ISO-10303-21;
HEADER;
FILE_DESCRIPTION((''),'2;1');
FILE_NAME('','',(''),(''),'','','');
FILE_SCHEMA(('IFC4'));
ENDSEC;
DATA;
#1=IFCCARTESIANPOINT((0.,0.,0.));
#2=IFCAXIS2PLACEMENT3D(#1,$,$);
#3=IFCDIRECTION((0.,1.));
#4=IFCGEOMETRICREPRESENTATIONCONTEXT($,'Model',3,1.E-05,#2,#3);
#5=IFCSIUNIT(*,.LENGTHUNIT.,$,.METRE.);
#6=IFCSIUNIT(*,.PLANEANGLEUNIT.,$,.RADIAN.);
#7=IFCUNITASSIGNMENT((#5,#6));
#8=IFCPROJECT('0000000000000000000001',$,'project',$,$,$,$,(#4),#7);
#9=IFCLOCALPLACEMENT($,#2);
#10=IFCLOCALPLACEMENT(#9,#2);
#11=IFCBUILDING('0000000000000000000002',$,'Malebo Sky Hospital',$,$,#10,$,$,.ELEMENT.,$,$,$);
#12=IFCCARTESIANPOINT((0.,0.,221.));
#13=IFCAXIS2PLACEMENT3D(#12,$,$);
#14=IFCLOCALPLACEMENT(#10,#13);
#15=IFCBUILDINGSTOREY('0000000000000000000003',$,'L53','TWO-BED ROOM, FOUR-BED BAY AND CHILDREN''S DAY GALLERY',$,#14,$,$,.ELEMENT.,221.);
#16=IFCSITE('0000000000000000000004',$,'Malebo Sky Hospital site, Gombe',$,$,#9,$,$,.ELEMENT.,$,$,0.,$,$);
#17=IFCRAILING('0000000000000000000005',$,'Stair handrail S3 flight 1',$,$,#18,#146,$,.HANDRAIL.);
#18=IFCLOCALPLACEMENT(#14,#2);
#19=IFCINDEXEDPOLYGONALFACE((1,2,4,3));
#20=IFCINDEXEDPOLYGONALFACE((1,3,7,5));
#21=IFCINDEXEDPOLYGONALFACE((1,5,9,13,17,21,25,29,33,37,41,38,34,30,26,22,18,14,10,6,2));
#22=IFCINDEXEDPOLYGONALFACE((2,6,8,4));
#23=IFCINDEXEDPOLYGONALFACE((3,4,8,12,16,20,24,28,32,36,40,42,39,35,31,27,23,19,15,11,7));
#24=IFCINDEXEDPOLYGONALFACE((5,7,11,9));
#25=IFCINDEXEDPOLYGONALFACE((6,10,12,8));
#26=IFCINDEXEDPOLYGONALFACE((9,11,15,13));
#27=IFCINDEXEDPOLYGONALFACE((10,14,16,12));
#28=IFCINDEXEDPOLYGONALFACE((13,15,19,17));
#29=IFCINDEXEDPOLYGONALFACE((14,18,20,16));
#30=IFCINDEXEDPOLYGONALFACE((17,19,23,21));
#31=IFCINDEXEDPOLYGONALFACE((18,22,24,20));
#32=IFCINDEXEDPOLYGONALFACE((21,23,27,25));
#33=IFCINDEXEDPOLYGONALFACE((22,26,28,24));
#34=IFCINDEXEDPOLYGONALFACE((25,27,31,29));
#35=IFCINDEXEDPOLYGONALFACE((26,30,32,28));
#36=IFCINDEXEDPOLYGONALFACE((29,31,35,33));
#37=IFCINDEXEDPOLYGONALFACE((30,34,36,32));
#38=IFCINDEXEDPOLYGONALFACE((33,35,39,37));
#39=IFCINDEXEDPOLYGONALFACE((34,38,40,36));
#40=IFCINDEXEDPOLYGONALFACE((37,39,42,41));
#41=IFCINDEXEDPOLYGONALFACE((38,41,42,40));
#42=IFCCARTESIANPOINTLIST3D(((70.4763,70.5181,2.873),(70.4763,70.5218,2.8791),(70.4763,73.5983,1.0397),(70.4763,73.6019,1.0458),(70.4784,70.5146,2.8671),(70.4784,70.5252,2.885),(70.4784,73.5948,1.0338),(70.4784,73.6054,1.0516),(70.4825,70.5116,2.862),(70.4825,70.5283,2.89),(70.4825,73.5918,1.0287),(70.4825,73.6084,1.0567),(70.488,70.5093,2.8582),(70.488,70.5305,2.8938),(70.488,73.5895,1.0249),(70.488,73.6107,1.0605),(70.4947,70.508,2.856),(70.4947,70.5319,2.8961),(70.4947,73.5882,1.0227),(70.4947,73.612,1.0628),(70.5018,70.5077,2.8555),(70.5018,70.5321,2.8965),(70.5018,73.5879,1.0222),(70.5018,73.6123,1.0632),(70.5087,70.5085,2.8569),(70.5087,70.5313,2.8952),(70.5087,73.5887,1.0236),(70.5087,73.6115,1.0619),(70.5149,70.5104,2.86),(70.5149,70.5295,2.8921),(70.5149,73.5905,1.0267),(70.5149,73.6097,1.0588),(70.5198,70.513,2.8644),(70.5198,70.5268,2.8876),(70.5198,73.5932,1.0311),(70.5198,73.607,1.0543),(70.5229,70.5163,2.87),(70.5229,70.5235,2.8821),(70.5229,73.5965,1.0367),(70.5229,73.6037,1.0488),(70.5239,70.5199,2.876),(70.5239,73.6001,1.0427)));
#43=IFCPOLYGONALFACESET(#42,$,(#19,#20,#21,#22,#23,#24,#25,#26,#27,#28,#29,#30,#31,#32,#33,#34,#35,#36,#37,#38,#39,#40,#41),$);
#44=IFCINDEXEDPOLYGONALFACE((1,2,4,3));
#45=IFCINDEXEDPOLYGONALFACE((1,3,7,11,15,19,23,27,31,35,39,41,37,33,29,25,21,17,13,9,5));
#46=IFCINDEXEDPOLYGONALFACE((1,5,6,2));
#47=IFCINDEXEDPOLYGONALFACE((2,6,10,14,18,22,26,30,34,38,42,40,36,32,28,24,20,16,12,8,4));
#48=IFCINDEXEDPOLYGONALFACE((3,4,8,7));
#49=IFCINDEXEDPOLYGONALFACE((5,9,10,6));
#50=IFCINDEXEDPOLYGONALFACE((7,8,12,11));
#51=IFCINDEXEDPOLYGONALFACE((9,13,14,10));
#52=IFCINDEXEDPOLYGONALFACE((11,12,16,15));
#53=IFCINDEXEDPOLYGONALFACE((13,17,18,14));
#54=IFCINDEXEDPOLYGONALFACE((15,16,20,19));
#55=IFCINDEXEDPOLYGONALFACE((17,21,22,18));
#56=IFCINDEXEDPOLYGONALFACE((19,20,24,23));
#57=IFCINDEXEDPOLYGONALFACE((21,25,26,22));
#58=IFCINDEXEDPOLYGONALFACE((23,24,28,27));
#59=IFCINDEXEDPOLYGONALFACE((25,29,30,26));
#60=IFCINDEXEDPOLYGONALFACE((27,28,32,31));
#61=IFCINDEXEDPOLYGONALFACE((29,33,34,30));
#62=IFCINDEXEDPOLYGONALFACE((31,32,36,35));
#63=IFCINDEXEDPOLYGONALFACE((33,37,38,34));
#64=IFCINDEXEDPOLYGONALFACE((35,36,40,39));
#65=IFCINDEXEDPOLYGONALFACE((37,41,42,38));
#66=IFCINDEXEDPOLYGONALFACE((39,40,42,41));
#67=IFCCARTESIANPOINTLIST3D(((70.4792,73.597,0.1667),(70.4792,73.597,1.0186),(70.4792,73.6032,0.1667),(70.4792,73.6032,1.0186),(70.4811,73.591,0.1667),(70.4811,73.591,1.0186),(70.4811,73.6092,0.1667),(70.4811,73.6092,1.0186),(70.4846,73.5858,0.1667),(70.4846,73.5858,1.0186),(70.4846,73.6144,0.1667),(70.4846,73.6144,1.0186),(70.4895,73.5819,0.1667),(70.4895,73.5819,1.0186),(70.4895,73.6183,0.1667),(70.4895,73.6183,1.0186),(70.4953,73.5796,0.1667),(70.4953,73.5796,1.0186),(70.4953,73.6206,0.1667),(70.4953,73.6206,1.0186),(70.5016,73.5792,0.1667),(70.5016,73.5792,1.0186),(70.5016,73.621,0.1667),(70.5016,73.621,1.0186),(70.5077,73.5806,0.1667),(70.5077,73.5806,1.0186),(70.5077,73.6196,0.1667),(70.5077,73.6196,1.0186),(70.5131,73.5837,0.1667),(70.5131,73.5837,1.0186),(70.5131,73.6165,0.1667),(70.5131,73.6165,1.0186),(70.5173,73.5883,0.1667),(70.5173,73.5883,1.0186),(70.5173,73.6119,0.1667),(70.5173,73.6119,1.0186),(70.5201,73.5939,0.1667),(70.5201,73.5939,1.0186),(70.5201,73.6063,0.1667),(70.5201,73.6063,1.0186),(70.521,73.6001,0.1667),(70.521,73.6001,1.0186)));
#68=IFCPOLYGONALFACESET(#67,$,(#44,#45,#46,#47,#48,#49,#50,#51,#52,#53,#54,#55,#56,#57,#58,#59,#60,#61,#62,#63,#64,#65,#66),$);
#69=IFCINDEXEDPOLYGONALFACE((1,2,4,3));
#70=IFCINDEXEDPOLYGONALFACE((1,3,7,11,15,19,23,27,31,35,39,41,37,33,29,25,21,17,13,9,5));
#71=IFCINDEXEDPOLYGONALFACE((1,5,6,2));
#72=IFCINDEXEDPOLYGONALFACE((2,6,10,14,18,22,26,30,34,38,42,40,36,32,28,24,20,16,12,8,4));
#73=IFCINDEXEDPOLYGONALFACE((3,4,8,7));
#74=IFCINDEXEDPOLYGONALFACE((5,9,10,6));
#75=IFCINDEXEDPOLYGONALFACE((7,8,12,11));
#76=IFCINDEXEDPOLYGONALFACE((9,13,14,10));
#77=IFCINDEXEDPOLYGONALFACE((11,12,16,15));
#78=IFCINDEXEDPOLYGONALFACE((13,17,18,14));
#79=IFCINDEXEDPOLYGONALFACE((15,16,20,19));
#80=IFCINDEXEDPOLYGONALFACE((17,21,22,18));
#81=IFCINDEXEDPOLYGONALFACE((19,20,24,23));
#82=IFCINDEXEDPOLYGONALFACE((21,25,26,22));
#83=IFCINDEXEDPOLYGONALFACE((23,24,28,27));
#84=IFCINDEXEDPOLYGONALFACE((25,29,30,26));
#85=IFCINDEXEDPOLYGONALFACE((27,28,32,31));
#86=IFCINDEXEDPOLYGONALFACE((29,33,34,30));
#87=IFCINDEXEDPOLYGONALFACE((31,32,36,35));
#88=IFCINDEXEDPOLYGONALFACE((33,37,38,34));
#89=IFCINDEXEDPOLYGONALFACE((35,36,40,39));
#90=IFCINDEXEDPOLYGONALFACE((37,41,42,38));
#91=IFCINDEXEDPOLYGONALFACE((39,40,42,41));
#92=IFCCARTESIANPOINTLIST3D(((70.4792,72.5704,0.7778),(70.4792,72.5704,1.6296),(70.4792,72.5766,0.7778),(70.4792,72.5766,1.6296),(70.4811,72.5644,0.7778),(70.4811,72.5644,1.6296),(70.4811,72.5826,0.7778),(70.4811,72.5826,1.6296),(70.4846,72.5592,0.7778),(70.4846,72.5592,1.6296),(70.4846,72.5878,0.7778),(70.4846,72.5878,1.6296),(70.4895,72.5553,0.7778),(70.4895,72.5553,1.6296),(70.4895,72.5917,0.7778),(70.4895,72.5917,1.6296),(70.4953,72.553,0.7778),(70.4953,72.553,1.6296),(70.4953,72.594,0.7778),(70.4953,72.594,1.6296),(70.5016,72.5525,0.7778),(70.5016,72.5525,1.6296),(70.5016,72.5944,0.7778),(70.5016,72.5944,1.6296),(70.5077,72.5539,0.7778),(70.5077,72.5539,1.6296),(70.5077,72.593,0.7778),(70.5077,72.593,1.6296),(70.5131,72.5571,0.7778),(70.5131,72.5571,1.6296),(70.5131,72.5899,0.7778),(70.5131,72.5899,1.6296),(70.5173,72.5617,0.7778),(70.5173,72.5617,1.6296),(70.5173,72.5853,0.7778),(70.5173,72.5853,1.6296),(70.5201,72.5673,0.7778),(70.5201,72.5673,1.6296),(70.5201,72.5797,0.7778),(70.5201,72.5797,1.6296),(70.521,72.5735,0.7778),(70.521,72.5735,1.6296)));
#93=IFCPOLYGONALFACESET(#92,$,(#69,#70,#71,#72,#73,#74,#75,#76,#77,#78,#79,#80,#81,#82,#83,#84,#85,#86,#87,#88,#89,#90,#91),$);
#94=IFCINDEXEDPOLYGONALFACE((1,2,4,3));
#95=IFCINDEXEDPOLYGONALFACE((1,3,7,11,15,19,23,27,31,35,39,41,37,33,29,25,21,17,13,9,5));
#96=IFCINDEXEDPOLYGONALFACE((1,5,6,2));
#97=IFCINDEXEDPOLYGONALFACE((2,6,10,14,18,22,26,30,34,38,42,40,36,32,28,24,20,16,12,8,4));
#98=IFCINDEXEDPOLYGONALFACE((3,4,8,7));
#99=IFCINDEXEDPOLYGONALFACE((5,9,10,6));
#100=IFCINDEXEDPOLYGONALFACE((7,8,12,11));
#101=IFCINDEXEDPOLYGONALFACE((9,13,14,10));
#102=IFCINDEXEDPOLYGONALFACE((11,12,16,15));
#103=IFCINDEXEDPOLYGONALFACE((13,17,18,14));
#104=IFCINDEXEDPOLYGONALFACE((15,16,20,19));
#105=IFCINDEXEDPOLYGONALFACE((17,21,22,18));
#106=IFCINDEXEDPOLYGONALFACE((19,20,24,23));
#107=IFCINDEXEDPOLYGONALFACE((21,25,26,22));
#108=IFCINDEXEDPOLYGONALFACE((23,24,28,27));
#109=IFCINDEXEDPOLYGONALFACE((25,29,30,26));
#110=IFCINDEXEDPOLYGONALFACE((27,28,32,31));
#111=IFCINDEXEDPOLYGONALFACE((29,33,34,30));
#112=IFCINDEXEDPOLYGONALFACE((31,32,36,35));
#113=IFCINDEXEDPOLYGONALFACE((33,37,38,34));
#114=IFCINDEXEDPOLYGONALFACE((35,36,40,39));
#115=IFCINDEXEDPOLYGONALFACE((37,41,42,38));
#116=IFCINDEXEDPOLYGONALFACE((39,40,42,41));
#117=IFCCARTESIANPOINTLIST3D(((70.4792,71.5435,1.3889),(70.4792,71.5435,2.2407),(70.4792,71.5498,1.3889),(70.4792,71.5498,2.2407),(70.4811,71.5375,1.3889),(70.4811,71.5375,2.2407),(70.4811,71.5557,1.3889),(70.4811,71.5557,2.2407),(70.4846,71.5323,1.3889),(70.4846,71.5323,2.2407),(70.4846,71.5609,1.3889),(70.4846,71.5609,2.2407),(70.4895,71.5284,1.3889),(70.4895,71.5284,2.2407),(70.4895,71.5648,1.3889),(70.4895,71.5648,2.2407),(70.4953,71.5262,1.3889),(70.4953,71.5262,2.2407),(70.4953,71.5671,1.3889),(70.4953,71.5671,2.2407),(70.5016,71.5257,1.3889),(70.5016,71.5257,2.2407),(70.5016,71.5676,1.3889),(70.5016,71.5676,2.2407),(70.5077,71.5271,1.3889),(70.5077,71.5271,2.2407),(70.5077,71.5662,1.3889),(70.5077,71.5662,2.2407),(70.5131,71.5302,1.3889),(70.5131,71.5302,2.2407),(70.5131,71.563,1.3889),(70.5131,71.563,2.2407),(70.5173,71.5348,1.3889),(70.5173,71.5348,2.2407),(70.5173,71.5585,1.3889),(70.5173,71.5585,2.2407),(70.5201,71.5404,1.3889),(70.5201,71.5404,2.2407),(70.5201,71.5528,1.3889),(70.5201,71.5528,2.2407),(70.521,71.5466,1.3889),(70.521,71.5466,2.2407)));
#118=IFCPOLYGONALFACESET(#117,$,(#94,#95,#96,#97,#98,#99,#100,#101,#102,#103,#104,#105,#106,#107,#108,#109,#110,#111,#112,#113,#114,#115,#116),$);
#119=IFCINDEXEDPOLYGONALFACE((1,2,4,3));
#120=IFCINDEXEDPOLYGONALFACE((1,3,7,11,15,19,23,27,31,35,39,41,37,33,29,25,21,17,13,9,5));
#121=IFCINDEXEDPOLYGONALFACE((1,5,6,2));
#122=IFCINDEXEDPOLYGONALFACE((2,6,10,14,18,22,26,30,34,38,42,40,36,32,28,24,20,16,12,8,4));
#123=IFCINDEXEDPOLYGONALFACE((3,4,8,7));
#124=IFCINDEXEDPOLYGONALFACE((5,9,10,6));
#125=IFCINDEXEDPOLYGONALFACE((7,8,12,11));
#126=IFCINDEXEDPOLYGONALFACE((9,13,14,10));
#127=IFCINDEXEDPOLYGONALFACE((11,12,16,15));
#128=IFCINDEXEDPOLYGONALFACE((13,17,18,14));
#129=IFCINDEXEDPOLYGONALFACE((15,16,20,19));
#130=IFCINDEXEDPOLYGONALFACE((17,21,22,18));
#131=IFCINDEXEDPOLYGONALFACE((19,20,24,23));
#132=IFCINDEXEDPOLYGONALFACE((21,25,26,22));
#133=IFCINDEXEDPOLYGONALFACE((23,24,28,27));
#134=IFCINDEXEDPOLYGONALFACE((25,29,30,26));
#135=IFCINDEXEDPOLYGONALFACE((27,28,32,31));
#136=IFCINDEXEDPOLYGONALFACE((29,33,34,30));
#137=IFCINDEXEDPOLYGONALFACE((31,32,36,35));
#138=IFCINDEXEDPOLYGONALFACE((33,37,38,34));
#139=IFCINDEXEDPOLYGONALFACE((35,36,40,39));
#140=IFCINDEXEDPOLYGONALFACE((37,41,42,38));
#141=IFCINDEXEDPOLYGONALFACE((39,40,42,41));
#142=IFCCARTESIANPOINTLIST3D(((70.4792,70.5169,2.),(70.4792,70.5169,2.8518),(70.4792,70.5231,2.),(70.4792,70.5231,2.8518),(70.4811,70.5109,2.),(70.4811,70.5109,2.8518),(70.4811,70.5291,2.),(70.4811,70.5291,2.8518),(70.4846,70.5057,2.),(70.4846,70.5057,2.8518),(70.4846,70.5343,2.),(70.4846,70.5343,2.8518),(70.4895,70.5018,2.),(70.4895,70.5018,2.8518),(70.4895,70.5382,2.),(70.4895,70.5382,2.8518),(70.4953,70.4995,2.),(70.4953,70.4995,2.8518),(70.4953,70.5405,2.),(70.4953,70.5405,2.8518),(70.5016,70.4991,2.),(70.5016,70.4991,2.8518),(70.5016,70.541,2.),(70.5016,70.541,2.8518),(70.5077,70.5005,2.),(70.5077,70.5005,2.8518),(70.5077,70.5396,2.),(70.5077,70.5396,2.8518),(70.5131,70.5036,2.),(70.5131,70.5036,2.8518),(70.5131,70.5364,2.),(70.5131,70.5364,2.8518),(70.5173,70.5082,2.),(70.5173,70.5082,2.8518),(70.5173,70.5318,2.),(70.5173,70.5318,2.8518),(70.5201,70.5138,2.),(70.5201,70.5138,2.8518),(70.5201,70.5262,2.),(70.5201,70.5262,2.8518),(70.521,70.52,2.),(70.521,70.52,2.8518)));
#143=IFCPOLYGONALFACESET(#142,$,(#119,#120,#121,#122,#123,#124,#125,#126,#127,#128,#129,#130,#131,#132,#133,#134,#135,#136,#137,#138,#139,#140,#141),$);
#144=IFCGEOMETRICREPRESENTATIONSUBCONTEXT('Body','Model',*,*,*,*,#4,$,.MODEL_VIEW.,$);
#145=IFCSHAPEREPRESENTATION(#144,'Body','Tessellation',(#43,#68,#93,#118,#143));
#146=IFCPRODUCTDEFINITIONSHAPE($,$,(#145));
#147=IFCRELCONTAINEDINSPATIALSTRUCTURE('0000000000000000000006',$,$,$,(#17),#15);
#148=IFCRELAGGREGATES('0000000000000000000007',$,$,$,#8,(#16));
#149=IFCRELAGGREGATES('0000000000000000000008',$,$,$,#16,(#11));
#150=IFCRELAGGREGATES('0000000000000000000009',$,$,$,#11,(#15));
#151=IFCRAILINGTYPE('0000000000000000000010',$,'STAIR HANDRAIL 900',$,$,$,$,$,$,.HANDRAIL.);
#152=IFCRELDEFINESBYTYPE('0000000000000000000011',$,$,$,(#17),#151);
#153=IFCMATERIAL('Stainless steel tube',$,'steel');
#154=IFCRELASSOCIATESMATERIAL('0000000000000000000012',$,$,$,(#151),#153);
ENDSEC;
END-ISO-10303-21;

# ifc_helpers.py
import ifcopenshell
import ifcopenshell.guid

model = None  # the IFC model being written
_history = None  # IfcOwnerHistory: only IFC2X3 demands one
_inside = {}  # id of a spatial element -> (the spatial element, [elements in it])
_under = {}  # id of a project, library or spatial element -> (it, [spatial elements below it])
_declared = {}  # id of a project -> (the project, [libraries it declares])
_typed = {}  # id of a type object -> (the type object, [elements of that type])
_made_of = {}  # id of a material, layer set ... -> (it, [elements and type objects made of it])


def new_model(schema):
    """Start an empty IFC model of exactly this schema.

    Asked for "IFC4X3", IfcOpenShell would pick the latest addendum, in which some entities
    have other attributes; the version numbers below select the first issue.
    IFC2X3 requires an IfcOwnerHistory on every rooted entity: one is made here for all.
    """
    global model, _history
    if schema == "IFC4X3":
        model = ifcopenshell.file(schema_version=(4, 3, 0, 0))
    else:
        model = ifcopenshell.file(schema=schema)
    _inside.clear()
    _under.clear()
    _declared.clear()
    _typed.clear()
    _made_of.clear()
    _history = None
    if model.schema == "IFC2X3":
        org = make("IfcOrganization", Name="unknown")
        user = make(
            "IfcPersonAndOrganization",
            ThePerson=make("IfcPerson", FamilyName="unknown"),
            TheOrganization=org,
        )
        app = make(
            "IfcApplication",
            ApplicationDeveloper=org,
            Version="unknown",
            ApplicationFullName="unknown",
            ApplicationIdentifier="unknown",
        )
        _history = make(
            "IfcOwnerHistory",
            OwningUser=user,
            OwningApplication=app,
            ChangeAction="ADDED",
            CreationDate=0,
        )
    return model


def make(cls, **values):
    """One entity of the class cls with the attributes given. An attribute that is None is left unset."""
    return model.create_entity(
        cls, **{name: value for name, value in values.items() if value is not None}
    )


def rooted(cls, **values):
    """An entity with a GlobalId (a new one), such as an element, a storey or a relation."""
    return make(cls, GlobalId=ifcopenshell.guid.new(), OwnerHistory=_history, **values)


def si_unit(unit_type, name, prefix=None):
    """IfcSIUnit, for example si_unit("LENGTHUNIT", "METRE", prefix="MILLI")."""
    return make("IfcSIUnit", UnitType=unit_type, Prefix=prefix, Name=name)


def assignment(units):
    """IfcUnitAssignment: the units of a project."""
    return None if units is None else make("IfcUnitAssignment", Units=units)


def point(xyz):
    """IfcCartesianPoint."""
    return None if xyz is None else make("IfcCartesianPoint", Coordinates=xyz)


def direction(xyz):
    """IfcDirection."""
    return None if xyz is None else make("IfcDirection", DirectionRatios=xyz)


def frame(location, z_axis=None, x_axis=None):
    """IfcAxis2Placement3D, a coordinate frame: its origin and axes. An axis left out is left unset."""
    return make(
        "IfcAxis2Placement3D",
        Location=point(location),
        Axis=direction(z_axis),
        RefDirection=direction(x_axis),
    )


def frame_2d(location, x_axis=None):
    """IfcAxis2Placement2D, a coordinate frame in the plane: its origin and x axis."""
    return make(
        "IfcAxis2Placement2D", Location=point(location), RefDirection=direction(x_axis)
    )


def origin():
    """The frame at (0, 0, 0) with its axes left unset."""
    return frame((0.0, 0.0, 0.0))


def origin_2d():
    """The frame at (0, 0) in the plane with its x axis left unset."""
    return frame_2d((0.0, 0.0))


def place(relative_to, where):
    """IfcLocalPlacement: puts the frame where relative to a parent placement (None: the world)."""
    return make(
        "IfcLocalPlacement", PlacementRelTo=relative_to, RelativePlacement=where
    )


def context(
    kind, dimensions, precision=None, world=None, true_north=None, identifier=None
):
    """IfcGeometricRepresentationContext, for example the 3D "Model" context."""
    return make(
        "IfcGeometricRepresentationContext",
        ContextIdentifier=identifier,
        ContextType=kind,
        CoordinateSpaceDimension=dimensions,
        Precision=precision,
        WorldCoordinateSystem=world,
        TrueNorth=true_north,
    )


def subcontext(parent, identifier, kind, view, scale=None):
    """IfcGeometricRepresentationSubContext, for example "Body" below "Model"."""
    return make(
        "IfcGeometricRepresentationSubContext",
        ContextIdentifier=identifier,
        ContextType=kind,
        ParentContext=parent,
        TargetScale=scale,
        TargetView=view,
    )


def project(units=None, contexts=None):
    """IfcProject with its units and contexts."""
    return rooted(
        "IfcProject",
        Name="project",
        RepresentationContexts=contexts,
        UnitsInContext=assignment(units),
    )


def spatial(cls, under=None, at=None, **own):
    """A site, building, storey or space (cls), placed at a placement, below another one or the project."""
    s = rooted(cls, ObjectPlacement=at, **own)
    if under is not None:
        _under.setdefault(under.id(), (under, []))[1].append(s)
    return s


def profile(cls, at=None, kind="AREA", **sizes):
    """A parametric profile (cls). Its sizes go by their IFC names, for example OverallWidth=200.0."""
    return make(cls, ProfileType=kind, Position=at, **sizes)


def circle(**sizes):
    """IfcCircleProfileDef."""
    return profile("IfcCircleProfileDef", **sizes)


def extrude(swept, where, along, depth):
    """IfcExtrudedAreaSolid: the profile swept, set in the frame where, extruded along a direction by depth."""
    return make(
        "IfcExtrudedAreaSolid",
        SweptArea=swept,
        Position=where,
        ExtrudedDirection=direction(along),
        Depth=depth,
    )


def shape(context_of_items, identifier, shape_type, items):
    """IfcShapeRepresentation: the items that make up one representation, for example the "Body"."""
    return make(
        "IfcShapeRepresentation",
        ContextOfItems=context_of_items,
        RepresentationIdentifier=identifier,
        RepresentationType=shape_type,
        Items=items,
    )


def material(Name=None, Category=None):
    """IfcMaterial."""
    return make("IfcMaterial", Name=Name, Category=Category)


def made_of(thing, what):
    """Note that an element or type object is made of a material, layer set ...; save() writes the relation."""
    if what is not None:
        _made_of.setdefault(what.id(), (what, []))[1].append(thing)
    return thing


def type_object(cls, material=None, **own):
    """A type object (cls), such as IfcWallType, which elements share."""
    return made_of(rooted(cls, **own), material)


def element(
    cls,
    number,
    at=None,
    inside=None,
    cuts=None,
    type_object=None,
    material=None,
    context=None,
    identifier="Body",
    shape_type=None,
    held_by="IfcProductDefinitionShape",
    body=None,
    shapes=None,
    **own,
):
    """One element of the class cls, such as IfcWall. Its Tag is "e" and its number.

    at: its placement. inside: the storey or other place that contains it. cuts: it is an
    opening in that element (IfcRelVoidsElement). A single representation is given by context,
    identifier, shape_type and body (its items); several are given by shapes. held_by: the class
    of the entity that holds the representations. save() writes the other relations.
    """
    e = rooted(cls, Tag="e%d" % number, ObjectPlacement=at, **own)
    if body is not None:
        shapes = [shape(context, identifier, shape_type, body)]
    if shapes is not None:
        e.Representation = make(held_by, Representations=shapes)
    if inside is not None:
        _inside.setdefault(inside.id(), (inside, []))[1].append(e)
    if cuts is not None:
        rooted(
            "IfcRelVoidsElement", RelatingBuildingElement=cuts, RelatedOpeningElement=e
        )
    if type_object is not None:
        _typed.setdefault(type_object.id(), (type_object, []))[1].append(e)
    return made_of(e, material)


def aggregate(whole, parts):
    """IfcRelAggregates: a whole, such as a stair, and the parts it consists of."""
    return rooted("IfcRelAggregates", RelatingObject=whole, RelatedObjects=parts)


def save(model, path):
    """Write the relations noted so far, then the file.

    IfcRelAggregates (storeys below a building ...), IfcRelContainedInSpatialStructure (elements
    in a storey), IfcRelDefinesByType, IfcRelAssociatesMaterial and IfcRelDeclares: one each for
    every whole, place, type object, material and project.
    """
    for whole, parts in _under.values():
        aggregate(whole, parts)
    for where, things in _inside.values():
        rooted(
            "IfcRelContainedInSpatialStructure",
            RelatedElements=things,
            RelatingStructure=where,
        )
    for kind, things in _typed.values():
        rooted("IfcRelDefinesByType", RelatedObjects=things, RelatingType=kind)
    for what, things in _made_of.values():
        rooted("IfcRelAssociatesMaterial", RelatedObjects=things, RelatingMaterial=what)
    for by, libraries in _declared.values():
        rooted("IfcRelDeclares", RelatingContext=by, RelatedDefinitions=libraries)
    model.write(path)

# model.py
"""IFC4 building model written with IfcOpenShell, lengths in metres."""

from ifc_helpers import new_model, si_unit, direction, frame, origin, origin_2d, place, context, subcontext, project, spatial, circle, extrude, material, type_object, element, save


model = new_model("IFC4")

# Units and contexts
model_context = context("Model", 3, precision=1e-05, world=origin(), true_north=direction((0.0, 1.0)))
body_context = subcontext(model_context, "Body", "Model", "MODEL_VIEW")
ifc_project = project(units=[si_unit("LENGTHUNIT", "METRE"), si_unit("PLANEANGLEUNIT", "RADIAN")], contexts=[model_context])

# Site, building, storey
site_placement = place(None, origin())
site = spatial("IfcSite", under=ifc_project, at=site_placement, Name="Malebo Sky Hospital site, Gombe", CompositionType="ELEMENT", RefElevation=0.0)
building_placement = place(site_placement, origin())
building = spatial("IfcBuilding", under=site, at=building_placement, Name="Malebo Sky Hospital", CompositionType="ELEMENT")
storey_placement = place(building_placement, frame((0.0, 0.0, 221.0)))
storey = spatial("IfcBuildingStorey", under=building, at=storey_placement, Name="L53", Description="TWO-BED ROOM, FOUR-BED BAY AND CHILDREN'S DAY GALLERY", CompositionType="ELEMENT", Elevation=221.0)

# Railing
ifc_material_1 = material(Name="Stainless steel tube", Category="steel")
railing_type = type_object("IfcRailingType", Name="STAIR HANDRAIL 900", PredefinedType="HANDRAIL", material=ifc_material_1)
railing_1_placement = place(storey_placement, frame((70.5, 73.6001, 0.1667)))
element("IfcRailing", 1, at=railing_1_placement, inside=storey, type_object=railing_type, Name="Stair handrail S3 flight 1", PredefinedType="HANDRAIL", context=body_context, shape_type="SweptSolid", body=[
    extrude(circle(Radius=0.0239, at=origin_2d()), frame((0.0, 0.0, 0.876), z_axis=(0.0, -0.859309, 0.511458), x_axis=(1.0, 0.0, 0.0)), (0.0, 0.0, 1.0), 3.5845),
    extrude(circle(Radius=0.021, at=origin_2d()), origin(), (0.0, 0.0, 1.0), 0.8518),
    extrude(circle(Radius=0.021, at=origin_2d()), frame((0.0, -1.0266, 0.6111)), (0.0, 0.0, 1.0), 0.8518),
    extrude(circle(Radius=0.021, at=origin_2d()), frame((0.0, -2.0535, 1.2222)), (0.0, 0.0, 1.0), 0.8518),
    extrude(circle(Radius=0.021, at=origin_2d()), frame((0.0, -3.0801, 1.8333)), (0.0, 0.0, 1.0), 0.8518),
])

save(model, "model.ifc")
